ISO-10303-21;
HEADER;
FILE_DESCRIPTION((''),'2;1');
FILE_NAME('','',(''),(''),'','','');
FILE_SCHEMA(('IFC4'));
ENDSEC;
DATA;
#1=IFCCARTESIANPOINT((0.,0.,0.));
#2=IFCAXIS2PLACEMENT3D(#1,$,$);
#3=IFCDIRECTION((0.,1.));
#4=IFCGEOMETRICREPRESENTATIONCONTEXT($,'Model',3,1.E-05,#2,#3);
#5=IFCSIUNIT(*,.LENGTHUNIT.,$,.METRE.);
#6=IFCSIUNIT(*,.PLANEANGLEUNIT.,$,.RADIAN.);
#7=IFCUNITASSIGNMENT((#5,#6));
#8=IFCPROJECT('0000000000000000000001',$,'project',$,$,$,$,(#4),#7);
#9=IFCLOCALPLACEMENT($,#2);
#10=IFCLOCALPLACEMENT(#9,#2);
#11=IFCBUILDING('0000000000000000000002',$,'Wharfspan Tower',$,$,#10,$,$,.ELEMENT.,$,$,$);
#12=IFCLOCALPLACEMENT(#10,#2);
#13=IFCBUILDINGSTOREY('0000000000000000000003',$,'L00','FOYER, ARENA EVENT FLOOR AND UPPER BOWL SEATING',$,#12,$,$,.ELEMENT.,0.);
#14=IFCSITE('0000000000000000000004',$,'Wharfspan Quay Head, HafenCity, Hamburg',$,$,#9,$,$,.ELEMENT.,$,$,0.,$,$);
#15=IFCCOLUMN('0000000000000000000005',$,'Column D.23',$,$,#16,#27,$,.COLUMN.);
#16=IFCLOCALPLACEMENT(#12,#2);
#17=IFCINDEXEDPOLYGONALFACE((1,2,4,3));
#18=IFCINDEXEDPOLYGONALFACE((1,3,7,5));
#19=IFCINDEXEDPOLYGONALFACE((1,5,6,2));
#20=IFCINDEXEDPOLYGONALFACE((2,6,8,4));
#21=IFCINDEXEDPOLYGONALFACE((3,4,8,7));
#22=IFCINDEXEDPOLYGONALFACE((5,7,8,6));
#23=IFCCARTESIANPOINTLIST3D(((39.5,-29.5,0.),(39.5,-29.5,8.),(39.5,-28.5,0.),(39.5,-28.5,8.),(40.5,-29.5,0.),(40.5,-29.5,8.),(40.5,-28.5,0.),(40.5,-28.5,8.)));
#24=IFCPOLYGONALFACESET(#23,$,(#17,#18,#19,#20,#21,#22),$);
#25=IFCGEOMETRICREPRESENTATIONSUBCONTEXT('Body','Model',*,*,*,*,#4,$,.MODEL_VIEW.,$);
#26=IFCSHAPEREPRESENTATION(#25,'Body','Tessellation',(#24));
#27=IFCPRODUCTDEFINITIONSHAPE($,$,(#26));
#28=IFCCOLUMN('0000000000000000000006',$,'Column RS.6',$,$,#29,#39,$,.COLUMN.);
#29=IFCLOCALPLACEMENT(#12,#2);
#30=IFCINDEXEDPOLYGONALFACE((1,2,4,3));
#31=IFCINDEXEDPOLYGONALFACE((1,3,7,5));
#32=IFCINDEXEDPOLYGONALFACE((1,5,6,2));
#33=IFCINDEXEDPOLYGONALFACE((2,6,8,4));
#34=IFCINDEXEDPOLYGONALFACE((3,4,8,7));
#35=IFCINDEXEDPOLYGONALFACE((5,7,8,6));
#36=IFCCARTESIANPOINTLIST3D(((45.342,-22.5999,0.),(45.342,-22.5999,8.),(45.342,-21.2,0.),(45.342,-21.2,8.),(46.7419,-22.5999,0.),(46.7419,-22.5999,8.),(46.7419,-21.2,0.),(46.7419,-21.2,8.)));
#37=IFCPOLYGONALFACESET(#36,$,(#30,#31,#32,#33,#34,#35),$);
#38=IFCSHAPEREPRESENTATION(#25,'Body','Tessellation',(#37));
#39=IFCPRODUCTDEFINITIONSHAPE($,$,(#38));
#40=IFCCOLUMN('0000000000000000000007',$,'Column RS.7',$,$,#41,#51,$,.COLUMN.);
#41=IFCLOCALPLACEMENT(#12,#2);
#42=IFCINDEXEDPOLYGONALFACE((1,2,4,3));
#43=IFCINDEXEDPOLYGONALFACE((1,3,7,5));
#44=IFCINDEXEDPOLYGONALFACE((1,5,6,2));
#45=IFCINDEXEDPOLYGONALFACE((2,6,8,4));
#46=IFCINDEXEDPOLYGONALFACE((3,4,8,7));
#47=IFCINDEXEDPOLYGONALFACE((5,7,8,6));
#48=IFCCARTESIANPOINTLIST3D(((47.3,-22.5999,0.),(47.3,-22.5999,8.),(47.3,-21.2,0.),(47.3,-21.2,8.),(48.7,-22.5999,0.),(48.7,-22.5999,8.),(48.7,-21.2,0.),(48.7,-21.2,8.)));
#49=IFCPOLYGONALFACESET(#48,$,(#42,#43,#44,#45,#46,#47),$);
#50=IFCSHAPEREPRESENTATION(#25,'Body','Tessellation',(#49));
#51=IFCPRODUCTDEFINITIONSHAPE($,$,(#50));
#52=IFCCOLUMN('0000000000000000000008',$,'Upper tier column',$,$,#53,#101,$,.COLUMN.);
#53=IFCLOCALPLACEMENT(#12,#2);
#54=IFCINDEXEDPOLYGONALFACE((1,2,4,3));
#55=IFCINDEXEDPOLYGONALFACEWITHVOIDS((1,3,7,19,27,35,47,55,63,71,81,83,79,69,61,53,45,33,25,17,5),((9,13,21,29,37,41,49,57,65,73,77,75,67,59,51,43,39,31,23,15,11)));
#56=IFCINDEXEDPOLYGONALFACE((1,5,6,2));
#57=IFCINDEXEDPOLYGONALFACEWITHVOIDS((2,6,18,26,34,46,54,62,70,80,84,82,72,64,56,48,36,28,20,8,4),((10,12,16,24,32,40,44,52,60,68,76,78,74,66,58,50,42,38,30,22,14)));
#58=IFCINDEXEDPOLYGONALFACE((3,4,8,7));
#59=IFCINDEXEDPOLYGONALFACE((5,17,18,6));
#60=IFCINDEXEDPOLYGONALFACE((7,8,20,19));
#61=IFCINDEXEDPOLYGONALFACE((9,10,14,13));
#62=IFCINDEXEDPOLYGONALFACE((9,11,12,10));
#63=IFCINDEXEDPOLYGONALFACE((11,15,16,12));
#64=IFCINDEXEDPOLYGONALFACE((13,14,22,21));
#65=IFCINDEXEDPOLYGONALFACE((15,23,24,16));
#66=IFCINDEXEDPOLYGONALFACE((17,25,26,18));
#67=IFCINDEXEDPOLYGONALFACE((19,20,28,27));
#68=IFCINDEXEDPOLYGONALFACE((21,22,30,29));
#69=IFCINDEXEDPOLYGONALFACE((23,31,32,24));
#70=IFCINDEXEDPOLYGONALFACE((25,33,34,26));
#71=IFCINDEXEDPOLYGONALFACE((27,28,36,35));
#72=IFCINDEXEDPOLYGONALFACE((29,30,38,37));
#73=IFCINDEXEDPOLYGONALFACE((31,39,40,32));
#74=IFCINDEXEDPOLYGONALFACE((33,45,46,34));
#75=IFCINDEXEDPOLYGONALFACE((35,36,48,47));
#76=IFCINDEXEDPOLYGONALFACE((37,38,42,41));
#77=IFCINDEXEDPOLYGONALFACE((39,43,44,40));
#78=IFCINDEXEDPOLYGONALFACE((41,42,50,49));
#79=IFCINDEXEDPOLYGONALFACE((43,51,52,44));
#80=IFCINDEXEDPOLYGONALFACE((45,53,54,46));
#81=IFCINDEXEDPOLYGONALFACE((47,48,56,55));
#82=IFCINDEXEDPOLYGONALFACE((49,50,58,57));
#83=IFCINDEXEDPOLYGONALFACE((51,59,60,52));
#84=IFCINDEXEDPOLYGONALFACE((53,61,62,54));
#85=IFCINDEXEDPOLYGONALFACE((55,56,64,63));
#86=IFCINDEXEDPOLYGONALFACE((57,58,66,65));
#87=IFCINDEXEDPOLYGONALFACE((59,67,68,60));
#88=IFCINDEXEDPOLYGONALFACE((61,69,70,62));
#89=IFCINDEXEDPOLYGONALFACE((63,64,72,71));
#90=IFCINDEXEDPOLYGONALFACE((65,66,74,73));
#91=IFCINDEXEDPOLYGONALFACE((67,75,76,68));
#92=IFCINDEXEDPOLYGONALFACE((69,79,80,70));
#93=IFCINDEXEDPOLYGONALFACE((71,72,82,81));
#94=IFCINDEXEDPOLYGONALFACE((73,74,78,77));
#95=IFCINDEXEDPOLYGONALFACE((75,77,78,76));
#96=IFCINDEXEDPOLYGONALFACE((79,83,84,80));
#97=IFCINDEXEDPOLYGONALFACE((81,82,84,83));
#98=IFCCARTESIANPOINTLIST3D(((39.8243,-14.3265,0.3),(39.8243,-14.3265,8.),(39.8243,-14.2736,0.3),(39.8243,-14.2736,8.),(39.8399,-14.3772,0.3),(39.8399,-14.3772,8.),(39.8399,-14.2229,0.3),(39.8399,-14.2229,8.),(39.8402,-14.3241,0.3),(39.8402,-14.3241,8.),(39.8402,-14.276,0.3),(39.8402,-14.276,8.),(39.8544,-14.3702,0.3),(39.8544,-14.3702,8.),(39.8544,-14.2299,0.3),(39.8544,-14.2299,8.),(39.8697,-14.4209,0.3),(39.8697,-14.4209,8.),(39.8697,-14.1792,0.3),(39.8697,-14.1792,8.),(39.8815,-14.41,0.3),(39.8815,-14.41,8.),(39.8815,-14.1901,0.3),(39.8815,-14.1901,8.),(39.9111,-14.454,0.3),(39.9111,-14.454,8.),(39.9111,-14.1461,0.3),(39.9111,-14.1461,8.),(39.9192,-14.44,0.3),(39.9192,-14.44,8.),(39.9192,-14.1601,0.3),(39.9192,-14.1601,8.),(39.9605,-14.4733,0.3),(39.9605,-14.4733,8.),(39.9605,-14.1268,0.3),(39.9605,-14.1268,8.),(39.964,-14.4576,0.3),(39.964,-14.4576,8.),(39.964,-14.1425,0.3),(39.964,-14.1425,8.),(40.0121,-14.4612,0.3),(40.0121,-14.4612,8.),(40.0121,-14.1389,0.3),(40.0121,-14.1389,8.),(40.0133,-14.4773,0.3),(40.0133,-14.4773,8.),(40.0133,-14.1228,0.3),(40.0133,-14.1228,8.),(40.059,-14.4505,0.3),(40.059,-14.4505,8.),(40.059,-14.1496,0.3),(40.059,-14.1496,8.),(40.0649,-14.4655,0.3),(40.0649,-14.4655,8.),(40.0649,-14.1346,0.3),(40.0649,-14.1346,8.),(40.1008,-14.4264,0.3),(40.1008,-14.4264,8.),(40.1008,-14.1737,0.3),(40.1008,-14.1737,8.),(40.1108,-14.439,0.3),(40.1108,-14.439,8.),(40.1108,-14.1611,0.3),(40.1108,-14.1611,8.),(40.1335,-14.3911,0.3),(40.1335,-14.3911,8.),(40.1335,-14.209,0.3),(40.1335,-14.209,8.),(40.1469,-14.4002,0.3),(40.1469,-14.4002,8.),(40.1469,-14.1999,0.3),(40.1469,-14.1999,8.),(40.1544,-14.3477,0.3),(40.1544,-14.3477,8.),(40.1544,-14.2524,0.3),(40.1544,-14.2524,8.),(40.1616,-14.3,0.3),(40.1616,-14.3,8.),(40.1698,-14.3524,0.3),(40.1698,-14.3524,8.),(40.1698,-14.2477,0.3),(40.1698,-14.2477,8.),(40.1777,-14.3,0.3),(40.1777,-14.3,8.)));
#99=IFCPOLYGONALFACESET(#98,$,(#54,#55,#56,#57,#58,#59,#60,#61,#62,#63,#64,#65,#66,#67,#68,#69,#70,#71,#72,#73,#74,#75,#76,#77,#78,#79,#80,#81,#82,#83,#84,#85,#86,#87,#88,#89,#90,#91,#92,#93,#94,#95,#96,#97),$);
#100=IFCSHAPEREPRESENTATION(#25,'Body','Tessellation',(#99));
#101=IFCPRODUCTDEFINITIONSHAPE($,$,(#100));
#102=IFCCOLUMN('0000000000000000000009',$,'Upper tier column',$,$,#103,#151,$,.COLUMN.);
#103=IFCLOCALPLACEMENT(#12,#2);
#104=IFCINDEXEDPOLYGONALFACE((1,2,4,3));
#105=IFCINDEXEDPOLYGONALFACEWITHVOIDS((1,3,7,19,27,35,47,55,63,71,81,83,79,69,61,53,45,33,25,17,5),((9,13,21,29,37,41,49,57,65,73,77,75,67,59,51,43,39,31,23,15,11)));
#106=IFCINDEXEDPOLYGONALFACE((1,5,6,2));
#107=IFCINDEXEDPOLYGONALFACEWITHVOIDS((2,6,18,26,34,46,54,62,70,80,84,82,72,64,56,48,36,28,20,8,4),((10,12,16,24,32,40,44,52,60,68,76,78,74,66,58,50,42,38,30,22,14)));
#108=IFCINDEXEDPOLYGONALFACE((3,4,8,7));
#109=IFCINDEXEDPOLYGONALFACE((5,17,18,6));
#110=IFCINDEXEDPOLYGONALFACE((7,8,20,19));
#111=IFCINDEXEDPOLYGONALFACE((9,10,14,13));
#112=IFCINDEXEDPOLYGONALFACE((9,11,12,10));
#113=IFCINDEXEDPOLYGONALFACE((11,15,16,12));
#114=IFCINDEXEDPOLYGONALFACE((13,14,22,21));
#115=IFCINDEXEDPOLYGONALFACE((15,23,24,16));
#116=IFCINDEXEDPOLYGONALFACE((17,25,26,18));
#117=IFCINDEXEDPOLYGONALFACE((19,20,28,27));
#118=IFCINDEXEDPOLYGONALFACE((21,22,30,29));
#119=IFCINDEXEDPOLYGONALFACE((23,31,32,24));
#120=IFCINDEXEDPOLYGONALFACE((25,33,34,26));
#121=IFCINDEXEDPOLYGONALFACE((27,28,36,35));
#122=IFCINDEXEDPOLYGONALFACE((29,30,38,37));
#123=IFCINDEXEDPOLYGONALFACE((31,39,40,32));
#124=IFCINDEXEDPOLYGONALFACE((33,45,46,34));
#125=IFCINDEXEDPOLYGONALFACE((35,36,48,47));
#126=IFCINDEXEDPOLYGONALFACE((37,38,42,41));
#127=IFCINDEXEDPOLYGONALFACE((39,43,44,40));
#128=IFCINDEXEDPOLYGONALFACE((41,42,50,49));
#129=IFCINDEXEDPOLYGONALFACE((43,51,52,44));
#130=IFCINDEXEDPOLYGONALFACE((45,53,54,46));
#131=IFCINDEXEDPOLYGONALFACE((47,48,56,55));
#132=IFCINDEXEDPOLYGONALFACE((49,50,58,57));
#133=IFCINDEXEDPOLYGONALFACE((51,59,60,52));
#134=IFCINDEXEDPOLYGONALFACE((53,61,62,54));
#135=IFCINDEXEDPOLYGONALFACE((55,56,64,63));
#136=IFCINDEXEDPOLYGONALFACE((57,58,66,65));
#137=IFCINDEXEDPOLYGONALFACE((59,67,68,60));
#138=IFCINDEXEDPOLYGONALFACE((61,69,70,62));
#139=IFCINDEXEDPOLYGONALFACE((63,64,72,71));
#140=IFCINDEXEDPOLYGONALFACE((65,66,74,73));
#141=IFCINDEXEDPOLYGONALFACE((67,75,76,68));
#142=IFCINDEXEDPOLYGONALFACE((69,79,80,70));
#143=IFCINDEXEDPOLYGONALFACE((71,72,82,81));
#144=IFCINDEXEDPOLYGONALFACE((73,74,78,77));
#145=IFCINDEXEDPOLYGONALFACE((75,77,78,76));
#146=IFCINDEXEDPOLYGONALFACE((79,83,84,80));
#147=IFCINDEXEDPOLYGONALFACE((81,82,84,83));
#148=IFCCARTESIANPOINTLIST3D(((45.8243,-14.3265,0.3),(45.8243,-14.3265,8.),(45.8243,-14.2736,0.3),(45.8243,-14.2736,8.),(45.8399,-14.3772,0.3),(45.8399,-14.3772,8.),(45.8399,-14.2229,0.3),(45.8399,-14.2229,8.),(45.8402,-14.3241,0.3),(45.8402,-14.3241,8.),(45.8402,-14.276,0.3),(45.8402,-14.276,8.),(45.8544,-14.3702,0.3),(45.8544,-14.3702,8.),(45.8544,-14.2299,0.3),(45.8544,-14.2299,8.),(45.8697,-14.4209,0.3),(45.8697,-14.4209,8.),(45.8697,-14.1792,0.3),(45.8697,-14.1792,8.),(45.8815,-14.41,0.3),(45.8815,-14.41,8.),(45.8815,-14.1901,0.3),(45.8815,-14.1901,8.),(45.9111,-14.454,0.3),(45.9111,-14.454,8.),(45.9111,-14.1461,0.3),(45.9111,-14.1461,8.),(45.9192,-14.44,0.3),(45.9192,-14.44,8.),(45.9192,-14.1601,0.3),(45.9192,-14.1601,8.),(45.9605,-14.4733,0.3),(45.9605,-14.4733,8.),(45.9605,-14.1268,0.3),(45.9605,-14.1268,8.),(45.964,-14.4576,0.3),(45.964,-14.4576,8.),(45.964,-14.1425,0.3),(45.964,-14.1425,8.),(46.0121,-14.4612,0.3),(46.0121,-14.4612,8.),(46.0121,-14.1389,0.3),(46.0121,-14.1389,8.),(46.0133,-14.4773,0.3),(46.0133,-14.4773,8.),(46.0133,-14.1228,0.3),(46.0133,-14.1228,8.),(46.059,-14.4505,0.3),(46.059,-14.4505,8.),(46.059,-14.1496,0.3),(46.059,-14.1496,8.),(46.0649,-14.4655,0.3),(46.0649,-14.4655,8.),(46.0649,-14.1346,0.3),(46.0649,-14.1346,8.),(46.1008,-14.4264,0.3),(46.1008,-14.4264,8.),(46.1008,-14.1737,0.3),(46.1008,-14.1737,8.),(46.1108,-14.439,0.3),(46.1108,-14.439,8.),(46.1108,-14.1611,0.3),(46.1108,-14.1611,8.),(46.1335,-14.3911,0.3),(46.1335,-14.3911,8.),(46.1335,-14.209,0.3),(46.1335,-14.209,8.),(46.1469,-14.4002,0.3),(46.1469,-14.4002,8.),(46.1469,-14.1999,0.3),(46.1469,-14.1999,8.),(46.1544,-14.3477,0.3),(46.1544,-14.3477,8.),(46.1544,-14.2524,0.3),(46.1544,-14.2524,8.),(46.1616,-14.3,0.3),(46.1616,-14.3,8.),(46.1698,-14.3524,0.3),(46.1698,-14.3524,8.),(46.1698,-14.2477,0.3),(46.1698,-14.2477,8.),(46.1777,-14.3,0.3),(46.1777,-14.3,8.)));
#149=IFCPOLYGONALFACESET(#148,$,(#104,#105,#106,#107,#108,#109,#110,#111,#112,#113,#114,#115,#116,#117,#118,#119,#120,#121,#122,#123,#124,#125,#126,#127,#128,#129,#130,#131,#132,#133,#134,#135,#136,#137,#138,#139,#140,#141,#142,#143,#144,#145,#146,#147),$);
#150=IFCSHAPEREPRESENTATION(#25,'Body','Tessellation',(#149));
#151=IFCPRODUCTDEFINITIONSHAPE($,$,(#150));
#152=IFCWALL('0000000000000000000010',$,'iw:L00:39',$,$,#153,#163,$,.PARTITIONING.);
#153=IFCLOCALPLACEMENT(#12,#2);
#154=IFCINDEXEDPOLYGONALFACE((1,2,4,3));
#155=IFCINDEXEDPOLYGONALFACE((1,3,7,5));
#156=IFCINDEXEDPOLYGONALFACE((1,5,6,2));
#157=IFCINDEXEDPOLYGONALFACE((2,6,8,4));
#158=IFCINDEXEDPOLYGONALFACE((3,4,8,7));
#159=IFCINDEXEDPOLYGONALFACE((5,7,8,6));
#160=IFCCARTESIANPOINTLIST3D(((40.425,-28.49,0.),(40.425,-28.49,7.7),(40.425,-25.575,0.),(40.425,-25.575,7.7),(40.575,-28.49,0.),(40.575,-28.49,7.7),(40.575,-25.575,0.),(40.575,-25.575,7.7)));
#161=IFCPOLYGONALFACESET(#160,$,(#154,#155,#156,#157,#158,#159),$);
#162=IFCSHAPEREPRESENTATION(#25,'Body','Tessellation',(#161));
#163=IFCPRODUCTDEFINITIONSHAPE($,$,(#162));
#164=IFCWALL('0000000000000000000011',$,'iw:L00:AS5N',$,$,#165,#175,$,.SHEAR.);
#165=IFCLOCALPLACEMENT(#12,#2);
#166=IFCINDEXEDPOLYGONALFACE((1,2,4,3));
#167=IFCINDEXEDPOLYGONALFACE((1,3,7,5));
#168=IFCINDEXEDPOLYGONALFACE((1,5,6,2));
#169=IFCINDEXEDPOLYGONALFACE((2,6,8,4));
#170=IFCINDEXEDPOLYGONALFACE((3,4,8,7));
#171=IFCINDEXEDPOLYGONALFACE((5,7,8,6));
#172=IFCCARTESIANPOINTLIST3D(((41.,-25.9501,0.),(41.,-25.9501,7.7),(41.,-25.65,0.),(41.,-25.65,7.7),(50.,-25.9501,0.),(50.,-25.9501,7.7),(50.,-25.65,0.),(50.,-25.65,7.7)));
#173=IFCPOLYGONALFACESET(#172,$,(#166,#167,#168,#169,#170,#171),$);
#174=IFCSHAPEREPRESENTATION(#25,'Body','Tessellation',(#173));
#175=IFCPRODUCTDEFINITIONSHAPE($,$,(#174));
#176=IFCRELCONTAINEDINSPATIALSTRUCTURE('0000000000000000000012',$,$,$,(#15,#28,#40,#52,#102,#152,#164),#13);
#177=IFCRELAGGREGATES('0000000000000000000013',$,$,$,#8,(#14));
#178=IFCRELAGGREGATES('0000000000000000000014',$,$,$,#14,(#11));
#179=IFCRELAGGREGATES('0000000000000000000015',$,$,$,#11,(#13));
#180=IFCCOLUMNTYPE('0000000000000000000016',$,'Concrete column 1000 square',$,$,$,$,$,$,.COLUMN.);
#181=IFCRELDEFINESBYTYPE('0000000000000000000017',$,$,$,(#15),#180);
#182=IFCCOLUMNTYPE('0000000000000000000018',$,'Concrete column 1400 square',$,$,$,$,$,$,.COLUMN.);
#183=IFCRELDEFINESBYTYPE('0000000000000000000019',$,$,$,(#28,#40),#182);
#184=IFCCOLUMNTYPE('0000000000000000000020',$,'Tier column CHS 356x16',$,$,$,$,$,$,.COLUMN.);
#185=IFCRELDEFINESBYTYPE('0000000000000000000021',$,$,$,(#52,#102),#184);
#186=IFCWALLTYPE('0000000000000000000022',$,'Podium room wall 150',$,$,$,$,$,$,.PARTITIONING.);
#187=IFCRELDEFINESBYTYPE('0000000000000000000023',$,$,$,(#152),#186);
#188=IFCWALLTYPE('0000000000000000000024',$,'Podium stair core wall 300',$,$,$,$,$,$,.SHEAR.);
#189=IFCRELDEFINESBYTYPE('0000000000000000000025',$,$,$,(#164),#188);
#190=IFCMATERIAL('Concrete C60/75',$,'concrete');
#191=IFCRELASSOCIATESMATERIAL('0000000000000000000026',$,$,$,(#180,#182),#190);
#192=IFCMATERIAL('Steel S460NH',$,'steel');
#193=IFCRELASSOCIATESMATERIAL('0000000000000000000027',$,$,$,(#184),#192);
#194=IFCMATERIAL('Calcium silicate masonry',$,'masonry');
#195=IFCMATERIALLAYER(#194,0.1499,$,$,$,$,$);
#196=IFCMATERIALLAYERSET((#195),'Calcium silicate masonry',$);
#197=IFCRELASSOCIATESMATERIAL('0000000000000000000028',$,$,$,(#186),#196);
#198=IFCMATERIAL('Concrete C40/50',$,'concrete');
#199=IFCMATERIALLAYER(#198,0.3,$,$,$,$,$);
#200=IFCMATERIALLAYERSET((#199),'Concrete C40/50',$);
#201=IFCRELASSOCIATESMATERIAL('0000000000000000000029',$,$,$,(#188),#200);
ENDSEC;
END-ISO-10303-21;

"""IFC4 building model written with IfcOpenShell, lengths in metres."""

from ifc_helpers import new_model, si_unit, direction, frame, frame_2d, origin, origin_2d, place, context, subcontext, project, spatial, rectangle, hollow_circle, extrude, material, layer, layer_set, material_profile, profile_set, type_object, element, save


model = new_model("IFC4")

# Units and contexts
model_context = context("Model", 3, precision=1e-05, world=origin(), true_north=direction((0.0, 1.0)))
body_context = subcontext(model_context, "Body", "Model", "MODEL_VIEW")
ifc_project = project(units=[si_unit("LENGTHUNIT", "METRE"), si_unit("PLANEANGLEUNIT", "RADIAN")], contexts=[model_context])

# Site, building, storey
site_placement = place(None, origin())
site = spatial("IfcSite", under=ifc_project, at=site_placement, Name="Wharfspan Quay Head, HafenCity, Hamburg", CompositionType="ELEMENT", RefElevation=0.0)
building_placement = place(site_placement, origin())
building = spatial("IfcBuilding", under=site, at=building_placement, Name="Wharfspan Tower", CompositionType="ELEMENT")
storey_placement = place(building_placement, origin())
storey = spatial("IfcBuildingStorey", under=building, at=storey_placement, Name="L00", Description="FOYER, ARENA EVENT FLOOR AND UPPER BOWL SEATING", CompositionType="ELEMENT", Elevation=0.0)

# Columns
ifc_material_1 = material(Name="Concrete C60/75", Category="concrete")
ifc_material_profile_1 = material_profile(ifc_material_1, rectangle(XDim=1.0, YDim=1.0, at=origin_2d()))
ifc_profile_set_1 = profile_set([ifc_material_profile_1], Name="Concrete C60/75")
column_type_1 = type_object("IfcColumnType", Name="Concrete column 1000 square", PredefinedType="COLUMN", material=ifc_profile_set_1)
column_placement = place(storey_placement, frame((40.0, -29.0, 0.0), z_axis=(0.0, 0.0, 1.0), x_axis=(1.0, 0.0, 0.0)))
element("IfcColumn", 1, at=column_placement, inside=storey, type_object=column_type_1, Name="Column D.23", PredefinedType="COLUMN", context=body_context, shape_type="SweptSolid", body=[
    extrude(rectangle(XDim=1.0, YDim=1.0, at=origin_2d()), origin(), (0.0, 0.0, 1.0), 8.0),
])
ifc_material_profile_2 = material_profile(ifc_material_1, rectangle(XDim=1.3999, YDim=1.3999, at=origin_2d()))
ifc_profile_set_2 = profile_set([ifc_material_profile_2], Name="Concrete C60/75")
column_type_2 = type_object("IfcColumnType", Name="Concrete column 1400 square", PredefinedType="COLUMN", material=ifc_profile_set_2)
for number, where, z_axis, x_axis, name in (
    (2, (46.042, -21.8999, 0.0), (0.0, 0.0, 1.0), (1.0, 0.0, 0.0), "Column RS.6"),
    (3, (48.0, -21.8999, 0.0), (0.0, 0.0, 1.0), (1.0, 0.0, 0.0), "Column RS.7"),
):
    element("IfcColumn", number, at=place(storey_placement, frame(where, z_axis=z_axis, x_axis=x_axis)), inside=storey, type_object=column_type_2, Name=name, PredefinedType="COLUMN", context=body_context, shape_type="SweptSolid", body=[
        extrude(rectangle(XDim=1.3999, YDim=1.3999, at=origin_2d()), origin(), (0.0, 0.0, 1.0), 8.0),
    ])
ifc_material_2 = material(Name="Steel S460NH", Category="steel")
ifc_material_profile_3 = material_profile(ifc_material_2, hollow_circle(Radius=0.1777, WallThickness=0.0161, at=origin_2d()))
ifc_profile_set_3 = profile_set([ifc_material_profile_3], Name="Steel S460NH")
column_type_3 = type_object("IfcColumnType", Name="Tier column CHS 356x16", PredefinedType="COLUMN", material=ifc_profile_set_3)
for number, where, z_axis, x_axis, name in (
    (4, (40.0, -14.3, 0.3), (0.0, 0.0, 1.0), (1.0, 0.0, 0.0), "Upper tier column"),
    (5, (46.0, -14.3, 0.3), (0.0, 0.0, 1.0), (1.0, 0.0, 0.0), "Upper tier column"),
):
    element("IfcColumn", number, at=place(storey_placement, frame(where, z_axis=z_axis, x_axis=x_axis)), inside=storey, type_object=column_type_3, Name=name, PredefinedType="COLUMN", context=body_context, shape_type="SweptSolid", body=[
        extrude(hollow_circle(Radius=0.1777, WallThickness=0.0161, at=origin_2d()), origin(), (0.0, 0.0, 1.0), 7.7),
    ])

# Walls
ifc_material_3 = material(Name="Calcium silicate masonry", Category="masonry")
ifc_layer_1 = layer(ifc_material_3, 0.1499)
ifc_layer_set_1 = layer_set([ifc_layer_1], Name="Calcium silicate masonry")
wall_type_1 = type_object("IfcWallType", Name="Podium room wall 150", PredefinedType="PARTITIONING", material=ifc_layer_set_1)
wall_1_placement = place(storey_placement, frame((40.5, -28.49, 0.0), z_axis=(0.0, 0.0, 1.0), x_axis=(0.0, 1.0, 0.0)))
element("IfcWall", 6, at=wall_1_placement, inside=storey, type_object=wall_type_1, Name="iw:L00:39", PredefinedType="PARTITIONING", context=body_context, shape_type="SweptSolid", body=[
    extrude(rectangle(XDim=2.915, YDim=0.1499, at=frame_2d((1.4575, 0.0))), origin(), (0.0, 0.0, 1.0), 7.7),
])
ifc_material_4 = material(Name="Concrete C40/50", Category="concrete")
ifc_layer_2 = layer(ifc_material_4, 0.3)
ifc_layer_set_2 = layer_set([ifc_layer_2], Name="Concrete C40/50")
wall_type_2 = type_object("IfcWallType", Name="Podium stair core wall 300", PredefinedType="SHEAR", material=ifc_layer_set_2)
wall_2_placement = place(storey_placement, frame((41.0, -25.8, 0.0), z_axis=(0.0, 0.0, 1.0), x_axis=(1.0, 0.0, 0.0)))
element("IfcWall", 7, at=wall_2_placement, inside=storey, type_object=wall_type_2, Name="iw:L00:AS5N", PredefinedType="SHEAR", context=body_context, shape_type="SweptSolid", body=[
    extrude(rectangle(XDim=9.0, YDim=0.3, at=frame_2d((4.5, 0.0))), origin(), (0.0, 0.0, 1.0), 7.7),
])

save(model, "model.ifc")
